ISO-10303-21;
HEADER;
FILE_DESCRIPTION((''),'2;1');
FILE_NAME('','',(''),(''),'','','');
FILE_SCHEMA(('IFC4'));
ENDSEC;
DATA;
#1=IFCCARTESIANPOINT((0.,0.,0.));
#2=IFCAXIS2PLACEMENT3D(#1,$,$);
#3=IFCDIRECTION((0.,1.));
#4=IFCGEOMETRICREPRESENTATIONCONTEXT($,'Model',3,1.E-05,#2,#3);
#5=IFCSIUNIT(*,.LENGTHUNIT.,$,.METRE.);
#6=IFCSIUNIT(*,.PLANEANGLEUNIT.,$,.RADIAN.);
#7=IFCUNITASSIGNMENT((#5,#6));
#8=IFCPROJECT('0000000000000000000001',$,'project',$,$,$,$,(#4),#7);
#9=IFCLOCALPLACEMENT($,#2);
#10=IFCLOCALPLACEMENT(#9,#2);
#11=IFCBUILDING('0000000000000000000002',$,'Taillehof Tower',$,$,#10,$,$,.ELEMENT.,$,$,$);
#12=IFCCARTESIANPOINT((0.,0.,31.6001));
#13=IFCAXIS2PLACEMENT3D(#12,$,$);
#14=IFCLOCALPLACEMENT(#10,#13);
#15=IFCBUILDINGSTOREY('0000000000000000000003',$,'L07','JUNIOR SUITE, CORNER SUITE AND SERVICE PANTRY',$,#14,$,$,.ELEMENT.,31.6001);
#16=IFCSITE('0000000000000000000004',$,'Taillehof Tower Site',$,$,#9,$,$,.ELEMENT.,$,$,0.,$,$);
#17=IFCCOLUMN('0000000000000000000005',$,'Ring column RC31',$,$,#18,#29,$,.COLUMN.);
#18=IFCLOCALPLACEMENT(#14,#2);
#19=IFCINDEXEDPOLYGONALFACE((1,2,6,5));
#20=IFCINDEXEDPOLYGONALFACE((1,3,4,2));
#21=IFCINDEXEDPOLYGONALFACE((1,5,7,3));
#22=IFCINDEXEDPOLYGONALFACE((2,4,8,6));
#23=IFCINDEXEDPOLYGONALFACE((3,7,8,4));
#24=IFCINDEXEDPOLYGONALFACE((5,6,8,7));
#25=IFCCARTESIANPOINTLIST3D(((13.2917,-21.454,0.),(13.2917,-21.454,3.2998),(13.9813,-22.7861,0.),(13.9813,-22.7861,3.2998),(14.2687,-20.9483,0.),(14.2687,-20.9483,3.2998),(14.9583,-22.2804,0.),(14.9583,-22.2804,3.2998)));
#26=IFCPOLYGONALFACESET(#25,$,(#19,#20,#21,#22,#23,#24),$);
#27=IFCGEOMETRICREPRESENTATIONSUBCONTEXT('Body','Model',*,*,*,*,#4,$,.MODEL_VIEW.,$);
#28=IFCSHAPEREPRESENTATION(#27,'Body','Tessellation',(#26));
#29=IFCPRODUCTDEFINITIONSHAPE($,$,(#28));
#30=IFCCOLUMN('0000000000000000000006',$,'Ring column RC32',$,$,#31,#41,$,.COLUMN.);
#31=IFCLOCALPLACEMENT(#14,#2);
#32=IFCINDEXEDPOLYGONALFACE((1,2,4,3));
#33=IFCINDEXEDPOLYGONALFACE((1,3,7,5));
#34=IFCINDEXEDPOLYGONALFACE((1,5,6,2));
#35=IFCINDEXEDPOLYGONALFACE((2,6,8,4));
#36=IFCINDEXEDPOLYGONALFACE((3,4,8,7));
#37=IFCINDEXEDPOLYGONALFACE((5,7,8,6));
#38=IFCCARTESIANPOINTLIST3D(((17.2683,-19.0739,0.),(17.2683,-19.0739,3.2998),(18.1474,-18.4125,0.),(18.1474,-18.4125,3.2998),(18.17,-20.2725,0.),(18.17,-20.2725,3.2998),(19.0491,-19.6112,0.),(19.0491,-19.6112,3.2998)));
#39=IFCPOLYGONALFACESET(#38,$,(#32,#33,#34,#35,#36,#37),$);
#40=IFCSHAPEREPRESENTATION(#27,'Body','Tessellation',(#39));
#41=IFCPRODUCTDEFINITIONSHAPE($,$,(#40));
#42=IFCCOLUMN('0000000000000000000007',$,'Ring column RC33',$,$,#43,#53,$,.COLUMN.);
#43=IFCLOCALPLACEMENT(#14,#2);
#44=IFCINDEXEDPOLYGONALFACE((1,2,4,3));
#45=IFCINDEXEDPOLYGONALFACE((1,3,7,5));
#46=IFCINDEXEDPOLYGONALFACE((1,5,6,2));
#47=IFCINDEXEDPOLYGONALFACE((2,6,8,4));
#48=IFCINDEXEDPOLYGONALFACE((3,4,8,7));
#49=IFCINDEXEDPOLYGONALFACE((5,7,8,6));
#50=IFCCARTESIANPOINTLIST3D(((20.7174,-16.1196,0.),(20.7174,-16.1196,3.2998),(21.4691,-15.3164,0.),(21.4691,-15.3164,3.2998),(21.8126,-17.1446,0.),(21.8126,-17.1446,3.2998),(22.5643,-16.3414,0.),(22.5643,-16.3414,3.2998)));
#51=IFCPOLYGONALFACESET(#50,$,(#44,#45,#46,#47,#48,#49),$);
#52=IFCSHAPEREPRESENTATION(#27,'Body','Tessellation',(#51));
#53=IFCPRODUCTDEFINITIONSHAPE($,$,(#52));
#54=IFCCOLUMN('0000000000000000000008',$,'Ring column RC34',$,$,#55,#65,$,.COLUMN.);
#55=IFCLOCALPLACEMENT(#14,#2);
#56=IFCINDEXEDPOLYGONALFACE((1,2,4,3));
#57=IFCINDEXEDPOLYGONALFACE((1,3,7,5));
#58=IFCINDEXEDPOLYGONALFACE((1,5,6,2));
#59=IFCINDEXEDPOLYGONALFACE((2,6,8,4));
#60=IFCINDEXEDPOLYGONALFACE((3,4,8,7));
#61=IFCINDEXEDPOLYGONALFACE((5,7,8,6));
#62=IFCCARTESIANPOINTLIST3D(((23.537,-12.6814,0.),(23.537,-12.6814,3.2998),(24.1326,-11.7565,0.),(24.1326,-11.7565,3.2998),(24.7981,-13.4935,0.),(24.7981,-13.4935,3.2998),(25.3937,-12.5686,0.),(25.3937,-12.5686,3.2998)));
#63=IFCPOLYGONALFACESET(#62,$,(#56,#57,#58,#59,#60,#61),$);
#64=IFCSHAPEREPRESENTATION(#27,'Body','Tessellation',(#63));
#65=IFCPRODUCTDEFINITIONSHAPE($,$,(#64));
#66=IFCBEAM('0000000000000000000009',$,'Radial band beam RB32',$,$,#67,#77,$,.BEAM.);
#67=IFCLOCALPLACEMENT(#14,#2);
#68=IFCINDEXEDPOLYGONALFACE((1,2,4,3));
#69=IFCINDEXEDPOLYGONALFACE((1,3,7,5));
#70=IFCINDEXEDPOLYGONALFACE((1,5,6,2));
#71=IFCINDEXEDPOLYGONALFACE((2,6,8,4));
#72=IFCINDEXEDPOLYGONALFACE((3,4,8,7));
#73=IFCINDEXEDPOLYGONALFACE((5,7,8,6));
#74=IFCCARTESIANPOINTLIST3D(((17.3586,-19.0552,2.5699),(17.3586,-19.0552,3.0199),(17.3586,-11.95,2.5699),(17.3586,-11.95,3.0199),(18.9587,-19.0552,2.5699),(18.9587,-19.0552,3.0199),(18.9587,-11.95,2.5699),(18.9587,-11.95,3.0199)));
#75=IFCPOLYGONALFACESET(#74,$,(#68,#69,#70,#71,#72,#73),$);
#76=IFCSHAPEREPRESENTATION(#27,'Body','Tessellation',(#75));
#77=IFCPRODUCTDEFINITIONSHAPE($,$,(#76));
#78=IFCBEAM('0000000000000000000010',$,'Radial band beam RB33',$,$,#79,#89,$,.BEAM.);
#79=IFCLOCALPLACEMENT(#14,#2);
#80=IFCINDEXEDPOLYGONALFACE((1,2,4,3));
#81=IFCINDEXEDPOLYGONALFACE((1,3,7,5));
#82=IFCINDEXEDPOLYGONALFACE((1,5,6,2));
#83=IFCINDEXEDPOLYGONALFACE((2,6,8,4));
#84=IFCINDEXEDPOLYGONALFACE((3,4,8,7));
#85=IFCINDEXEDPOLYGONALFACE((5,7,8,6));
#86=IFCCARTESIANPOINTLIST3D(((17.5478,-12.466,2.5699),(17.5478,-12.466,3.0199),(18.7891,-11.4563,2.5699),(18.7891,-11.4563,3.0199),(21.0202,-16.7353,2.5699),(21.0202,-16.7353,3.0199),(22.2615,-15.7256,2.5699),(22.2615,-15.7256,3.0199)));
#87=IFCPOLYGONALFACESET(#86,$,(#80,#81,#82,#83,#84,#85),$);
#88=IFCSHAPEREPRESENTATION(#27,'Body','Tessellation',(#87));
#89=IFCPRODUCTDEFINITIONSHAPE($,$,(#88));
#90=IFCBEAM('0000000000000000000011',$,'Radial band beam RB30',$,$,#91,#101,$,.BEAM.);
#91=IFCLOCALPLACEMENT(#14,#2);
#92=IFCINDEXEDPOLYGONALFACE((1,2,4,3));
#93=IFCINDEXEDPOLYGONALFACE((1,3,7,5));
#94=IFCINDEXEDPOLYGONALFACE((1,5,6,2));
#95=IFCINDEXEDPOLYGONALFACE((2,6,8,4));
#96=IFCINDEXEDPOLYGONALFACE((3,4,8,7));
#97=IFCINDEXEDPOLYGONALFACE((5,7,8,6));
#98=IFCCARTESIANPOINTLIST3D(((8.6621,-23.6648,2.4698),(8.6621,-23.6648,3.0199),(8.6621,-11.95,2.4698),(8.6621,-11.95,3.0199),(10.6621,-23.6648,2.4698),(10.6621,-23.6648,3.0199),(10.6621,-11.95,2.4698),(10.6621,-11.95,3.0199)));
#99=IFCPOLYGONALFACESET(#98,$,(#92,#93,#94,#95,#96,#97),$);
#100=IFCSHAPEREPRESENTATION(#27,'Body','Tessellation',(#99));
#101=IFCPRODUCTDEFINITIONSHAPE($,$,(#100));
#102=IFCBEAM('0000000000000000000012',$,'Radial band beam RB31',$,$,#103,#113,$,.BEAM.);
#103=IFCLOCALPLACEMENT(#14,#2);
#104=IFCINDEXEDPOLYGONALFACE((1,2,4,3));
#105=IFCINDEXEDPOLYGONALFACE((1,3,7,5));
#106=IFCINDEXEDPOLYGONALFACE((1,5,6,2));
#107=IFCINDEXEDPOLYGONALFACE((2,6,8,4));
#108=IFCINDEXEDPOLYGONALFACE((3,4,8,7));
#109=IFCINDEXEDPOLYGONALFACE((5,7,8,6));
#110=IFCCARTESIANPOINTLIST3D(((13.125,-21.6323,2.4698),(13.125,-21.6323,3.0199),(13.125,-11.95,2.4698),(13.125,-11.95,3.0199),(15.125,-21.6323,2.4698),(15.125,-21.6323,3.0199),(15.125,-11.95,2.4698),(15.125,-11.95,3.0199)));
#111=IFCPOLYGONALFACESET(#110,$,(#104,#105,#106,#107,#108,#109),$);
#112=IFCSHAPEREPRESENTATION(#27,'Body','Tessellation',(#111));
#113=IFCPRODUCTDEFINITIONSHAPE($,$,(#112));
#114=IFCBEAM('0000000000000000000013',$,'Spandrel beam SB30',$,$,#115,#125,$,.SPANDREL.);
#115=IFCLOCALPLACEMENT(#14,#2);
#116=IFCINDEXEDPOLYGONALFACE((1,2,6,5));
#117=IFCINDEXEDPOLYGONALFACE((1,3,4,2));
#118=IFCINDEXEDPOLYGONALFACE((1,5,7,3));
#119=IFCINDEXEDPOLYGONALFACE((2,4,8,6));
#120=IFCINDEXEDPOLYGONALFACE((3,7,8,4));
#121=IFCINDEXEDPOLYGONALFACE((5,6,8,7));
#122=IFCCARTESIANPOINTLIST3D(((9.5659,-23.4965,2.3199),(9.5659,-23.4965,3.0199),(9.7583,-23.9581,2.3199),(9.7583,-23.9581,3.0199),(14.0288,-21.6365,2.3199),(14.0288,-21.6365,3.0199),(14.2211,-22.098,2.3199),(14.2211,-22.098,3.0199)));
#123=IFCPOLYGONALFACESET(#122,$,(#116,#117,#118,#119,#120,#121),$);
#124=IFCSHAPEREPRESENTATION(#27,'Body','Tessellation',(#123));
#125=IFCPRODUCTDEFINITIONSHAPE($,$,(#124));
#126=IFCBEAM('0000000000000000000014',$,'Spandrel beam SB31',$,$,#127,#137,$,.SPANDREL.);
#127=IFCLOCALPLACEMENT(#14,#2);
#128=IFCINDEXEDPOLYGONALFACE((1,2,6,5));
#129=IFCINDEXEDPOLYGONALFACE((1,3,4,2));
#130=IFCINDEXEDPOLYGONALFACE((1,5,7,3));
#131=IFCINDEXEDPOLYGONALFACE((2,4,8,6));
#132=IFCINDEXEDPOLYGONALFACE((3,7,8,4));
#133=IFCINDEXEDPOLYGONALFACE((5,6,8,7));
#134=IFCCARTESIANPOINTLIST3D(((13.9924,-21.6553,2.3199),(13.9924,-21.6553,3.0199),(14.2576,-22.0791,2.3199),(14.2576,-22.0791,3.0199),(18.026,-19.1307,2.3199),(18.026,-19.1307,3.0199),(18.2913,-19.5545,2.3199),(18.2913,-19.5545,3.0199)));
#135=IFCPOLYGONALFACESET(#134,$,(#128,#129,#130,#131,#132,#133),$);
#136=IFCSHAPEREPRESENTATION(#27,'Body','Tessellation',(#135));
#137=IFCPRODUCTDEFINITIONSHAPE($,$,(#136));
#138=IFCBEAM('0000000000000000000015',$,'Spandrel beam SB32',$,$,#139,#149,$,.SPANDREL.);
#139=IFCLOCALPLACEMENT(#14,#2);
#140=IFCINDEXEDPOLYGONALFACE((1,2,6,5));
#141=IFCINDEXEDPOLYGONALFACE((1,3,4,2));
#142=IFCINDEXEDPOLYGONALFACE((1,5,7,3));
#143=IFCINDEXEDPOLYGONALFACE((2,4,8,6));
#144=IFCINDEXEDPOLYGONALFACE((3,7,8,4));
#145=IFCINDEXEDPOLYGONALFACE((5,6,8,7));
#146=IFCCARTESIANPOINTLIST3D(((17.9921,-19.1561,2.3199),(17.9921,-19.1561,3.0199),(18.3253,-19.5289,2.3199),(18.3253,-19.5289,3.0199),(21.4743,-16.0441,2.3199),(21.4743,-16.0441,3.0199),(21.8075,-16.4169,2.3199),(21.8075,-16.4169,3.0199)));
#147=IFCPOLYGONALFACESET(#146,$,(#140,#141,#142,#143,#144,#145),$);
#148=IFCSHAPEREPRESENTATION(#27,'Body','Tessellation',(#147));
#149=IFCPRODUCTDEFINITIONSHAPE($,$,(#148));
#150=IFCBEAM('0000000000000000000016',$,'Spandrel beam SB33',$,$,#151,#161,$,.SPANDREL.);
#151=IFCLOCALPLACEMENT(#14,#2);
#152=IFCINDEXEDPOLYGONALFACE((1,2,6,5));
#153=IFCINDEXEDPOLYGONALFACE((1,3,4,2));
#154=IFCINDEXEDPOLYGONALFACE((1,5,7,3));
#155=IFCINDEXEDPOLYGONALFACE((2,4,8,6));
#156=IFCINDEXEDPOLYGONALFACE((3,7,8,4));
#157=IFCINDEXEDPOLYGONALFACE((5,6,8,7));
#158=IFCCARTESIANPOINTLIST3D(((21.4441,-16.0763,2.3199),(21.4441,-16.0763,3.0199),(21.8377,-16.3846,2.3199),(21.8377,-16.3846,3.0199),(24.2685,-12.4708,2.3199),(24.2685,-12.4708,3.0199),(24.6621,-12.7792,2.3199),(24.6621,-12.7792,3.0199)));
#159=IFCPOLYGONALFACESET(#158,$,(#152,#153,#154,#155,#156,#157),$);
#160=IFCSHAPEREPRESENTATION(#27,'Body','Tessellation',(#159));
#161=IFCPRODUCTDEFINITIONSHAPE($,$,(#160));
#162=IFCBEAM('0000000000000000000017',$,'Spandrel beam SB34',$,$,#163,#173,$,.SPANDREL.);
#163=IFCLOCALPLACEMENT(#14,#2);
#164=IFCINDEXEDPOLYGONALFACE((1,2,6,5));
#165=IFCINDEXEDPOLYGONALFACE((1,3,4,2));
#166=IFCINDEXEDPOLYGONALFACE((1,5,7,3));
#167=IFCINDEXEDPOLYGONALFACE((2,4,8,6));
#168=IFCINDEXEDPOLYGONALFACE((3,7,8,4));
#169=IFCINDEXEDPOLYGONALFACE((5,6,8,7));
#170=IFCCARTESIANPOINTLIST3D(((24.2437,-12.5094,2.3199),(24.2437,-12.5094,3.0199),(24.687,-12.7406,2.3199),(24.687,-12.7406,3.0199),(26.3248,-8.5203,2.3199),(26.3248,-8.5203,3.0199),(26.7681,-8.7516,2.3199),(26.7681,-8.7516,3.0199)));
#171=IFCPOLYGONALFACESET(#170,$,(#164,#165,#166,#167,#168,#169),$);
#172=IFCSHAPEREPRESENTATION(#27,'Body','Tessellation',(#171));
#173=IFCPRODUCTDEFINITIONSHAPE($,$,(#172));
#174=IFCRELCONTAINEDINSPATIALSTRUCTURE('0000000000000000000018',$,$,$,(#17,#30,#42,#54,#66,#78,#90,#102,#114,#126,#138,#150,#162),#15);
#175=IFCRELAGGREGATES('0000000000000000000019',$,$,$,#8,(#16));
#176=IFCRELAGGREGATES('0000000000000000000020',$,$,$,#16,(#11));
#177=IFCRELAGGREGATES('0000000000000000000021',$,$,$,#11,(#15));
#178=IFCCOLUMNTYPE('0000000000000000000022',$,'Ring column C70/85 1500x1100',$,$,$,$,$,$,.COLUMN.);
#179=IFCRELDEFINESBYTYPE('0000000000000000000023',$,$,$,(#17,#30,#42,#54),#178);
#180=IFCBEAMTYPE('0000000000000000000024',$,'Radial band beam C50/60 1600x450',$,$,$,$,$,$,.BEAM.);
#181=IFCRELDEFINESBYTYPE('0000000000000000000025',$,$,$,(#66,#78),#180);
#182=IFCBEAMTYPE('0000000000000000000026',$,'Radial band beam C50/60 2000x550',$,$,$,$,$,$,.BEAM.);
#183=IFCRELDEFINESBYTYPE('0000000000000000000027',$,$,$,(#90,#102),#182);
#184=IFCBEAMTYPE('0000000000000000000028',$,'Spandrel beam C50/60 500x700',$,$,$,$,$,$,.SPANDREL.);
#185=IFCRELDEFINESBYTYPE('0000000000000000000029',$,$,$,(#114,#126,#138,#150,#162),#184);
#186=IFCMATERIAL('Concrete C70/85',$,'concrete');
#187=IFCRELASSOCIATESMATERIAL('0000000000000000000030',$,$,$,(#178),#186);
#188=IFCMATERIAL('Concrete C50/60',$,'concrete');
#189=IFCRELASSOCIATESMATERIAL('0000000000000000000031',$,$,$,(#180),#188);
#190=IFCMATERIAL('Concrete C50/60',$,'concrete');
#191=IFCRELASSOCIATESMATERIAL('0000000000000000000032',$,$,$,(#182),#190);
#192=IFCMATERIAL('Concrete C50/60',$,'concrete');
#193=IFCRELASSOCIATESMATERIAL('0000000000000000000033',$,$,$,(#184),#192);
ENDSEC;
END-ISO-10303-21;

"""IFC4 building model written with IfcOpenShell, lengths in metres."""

from ifc_helpers import new_model, si_unit, direction, frame, origin, origin_2d, place, context, subcontext, project, spatial, rectangle, extrude, material, material_profile, profile_set, type_object, element, save


model = new_model("IFC4")

# Units and contexts
model_context = context("Model", 3, precision=1e-05, world=origin(), true_north=direction((0.0, 1.0)))
body_context = subcontext(model_context, "Body", "Model", "MODEL_VIEW")
ifc_project = project(units=[si_unit("LENGTHUNIT", "METRE"), si_unit("PLANEANGLEUNIT", "RADIAN")], contexts=[model_context])

# Site, building, storey
site_placement = place(None, origin())
site = spatial("IfcSite", under=ifc_project, at=site_placement, Name="Taillehof Tower Site", CompositionType="ELEMENT", RefElevation=0.0)
building_placement = place(site_placement, origin())
building = spatial("IfcBuilding", under=site, at=building_placement, Name="Taillehof Tower", CompositionType="ELEMENT")
storey_placement = place(building_placement, frame((0.0, 0.0, 31.6001)))
storey = spatial("IfcBuildingStorey", under=building, at=storey_placement, Name="L07", Description="JUNIOR SUITE, CORNER SUITE AND SERVICE PANTRY", CompositionType="ELEMENT", Elevation=31.6001)

# Columns
ifc_material_1 = material(Name="Concrete C70/85", Category="concrete")
ifc_material_profile_1 = material_profile(ifc_material_1, rectangle(XDim=1.5, YDim=1.1001, at=origin_2d()), Name="RC 1500x1100")
ifc_profile_set_1 = profile_set([ifc_material_profile_1], Name="Concrete C70/85")
column_type = type_object("IfcColumnType", Name="Ring column C70/85 1500x1100", PredefinedType="COLUMN", material=ifc_profile_set_1)
for number, where, z_axis, x_axis, name in (
    (1, (14.125, -21.8672, 0.0), (0.0, 0.0, 1.0), (0.459691, -0.888079, 0.0), "Ring column RC31"),
    (2, (18.1587, -19.3425, 0.0), (0.0, 0.0, 1.0), (0.601174, -0.799118, 0.0), "Ring column RC32"),
    (3, (21.6409, -16.2305, 0.0), (0.0, 0.0, 1.0), (0.730113, -0.683326, 0.0), "Ring column RC33"),
    (4, (24.4653, -12.625, 0.0), (0.0, 0.0, 1.0), (0.840754, -0.541418, 0.0), "Ring column RC34"),
):
    element("IfcColumn", number, at=place(storey_placement, frame(where, z_axis=z_axis, x_axis=x_axis)), inside=storey, type_object=column_type, Name=name, PredefinedType="COLUMN", context=body_context, shape_type="SweptSolid", body=[
        extrude(rectangle(XDim=1.5, YDim=1.1001, at=origin_2d()), origin(), (0.0, 0.0, 1.0), 3.2998),
    ])

# Beams
ifc_material_2 = material(Name="Concrete C50/60", Category="concrete")
ifc_material_profile_2 = material_profile(ifc_material_2, rectangle(XDim=1.6001, YDim=0.45, at=origin_2d()), Name="RC 1600x450")
ifc_profile_set_2 = profile_set([ifc_material_profile_2], Name="Concrete C50/60")
beam_type_1 = type_object("IfcBeamType", Name="Radial band beam C50/60 1600x450", PredefinedType="BEAM", material=ifc_profile_set_2)
beam_1_placement = place(storey_placement, frame((18.1587, -19.0552, 2.7949), z_axis=(0.0, 1.0, 0.0), x_axis=(-1.0, 0.0, 0.0)))
element("IfcBeam", 5, at=beam_1_placement, inside=storey, type_object=beam_type_1, Name="Radial band beam RB32", PredefinedType="BEAM", context=body_context, shape_type="SweptSolid", body=[
    extrude(rectangle(XDim=1.6001, YDim=0.45, at=origin_2d()), origin(), (0.0, 0.0, 1.0), 7.1052),
])
beam_2_placement = place(storey_placement, frame((21.6409, -16.2305, 2.7949), z_axis=(-0.630988, 0.775792, 0.0), x_axis=(-0.775792, -0.630988, 0.0)))
element("IfcBeam", 6, at=beam_2_placement, inside=storey, type_object=beam_type_1, Name="Radial band beam RB33", PredefinedType="BEAM", context=body_context, shape_type="SweptSolid", body=[
    extrude(rectangle(XDim=1.6001, YDim=0.45, at=origin_2d()), origin(), (0.0, 0.0, 1.0), 5.5032),
])
ifc_material_3 = material(Name="Concrete C50/60", Category="concrete")
ifc_material_profile_3 = material_profile(ifc_material_3, rectangle(XDim=2.0, YDim=0.55, at=origin_2d()), Name="RC 2000x550")
ifc_profile_set_3 = profile_set([ifc_material_profile_3], Name="Concrete C50/60")
beam_type_2 = type_object("IfcBeamType", Name="Radial band beam C50/60 2000x550", PredefinedType="BEAM", material=ifc_profile_set_3)
beam_3_placement = place(storey_placement, frame((9.6621, -23.6648, 2.7449), z_axis=(0.0, 1.0, 0.0), x_axis=(-1.0, 0.0, 0.0)))
element("IfcBeam", 7, at=beam_3_placement, inside=storey, type_object=beam_type_2, Name="Radial band beam RB30", PredefinedType="BEAM", context=body_context, shape_type="SweptSolid", body=[
    extrude(rectangle(XDim=2.0, YDim=0.55, at=origin_2d()), origin(), (0.0, 0.0, 1.0), 11.7148),
])
beam_4_placement = place(storey_placement, frame((14.125, -21.6323, 2.7449), z_axis=(0.0, 1.0, 0.0), x_axis=(-1.0, 0.0, 0.0)))
element("IfcBeam", 8, at=beam_4_placement, inside=storey, type_object=beam_type_2, Name="Radial band beam RB31", PredefinedType="BEAM", context=body_context, shape_type="SweptSolid", body=[
    extrude(rectangle(XDim=2.0, YDim=0.55, at=origin_2d()), origin(), (0.0, 0.0, 1.0), 9.6824),
])
ifc_material_4 = material(Name="Concrete C50/60", Category="concrete")
ifc_material_profile_4 = material_profile(ifc_material_4, rectangle(XDim=0.5, YDim=0.7, at=origin_2d()), Name="RC 500x700")
ifc_profile_set_4 = profile_set([ifc_material_profile_4], Name="Concrete C50/60")
beam_type_3 = type_object("IfcBeamType", Name="Spandrel beam C50/60 500x700", PredefinedType="SPANDREL", material=ifc_profile_set_4)
beam_5_placement = place(storey_placement, frame((9.6621, -23.7273, 2.6699), z_axis=(0.923035, 0.384716, 0.0), x_axis=(-0.384716, 0.923035, 0.0)))
element("IfcBeam", 9, at=beam_5_placement, inside=storey, type_object=beam_type_3, Name="Spandrel beam SB30", PredefinedType="SPANDREL", context=body_context, shape_type="SweptSolid", body=[
    extrude(rectangle(XDim=0.5, YDim=0.7, at=origin_2d()), origin(), (0.0, 0.0, 1.0), 4.835),
])
beam_6_placement = place(storey_placement, frame((14.125, -21.8672, 2.6699), z_axis=(0.847658, 0.530543, 0.0), x_axis=(-0.530543, 0.847658, 0.0)))
element("IfcBeam", 10, at=beam_6_placement, inside=storey, type_object=beam_type_3, Name="Spandrel beam SB31", PredefinedType="SPANDREL", context=body_context, shape_type="SweptSolid", body=[
    extrude(rectangle(XDim=0.5, YDim=0.7, at=origin_2d()), origin(), (0.0, 0.0, 1.0), 4.7585),
])
beam_7_placement = place(storey_placement, frame((18.1587, -19.3425, 2.6699), z_axis=(0.745621, 0.66637, 0.0), x_axis=(-0.66637, 0.745621, 0.0)))
element("IfcBeam", 11, at=beam_7_placement, inside=storey, type_object=beam_type_3, Name="Spandrel beam SB32", PredefinedType="SPANDREL", context=body_context, shape_type="SweptSolid", body=[
    extrude(rectangle(XDim=0.5, YDim=0.7, at=origin_2d()), origin(), (0.0, 0.0, 1.0), 4.6702),
])
beam_8_placement = place(storey_placement, frame((21.6409, -16.2305, 2.6699), z_axis=(0.616686, 0.787209, 0.0), x_axis=(-0.787209, 0.616686, 0.0)))
element("IfcBeam", 12, at=beam_8_placement, inside=storey, type_object=beam_type_3, Name="Spandrel beam SB33", PredefinedType="SPANDREL", context=body_context, shape_type="SweptSolid", body=[
    extrude(rectangle(XDim=0.5, YDim=0.7, at=origin_2d()), origin(), (0.0, 0.0, 1.0), 4.5801),
])
beam_9_placement = place(storey_placement, frame((24.4653, -12.625, 2.6699), z_axis=(0.462536, 0.8866, 0.0), x_axis=(-0.8866, 0.462536, 0.0)))
element("IfcBeam", 13, at=beam_9_placement, inside=storey, type_object=beam_type_3, Name="Spandrel beam SB34", PredefinedType="SPANDREL", context=body_context, shape_type="SweptSolid", body=[
    extrude(rectangle(XDim=0.5, YDim=0.7, at=origin_2d()), origin(), (0.0, 0.0, 1.0), 4.4993),
])

save(model, "model.ifc")
